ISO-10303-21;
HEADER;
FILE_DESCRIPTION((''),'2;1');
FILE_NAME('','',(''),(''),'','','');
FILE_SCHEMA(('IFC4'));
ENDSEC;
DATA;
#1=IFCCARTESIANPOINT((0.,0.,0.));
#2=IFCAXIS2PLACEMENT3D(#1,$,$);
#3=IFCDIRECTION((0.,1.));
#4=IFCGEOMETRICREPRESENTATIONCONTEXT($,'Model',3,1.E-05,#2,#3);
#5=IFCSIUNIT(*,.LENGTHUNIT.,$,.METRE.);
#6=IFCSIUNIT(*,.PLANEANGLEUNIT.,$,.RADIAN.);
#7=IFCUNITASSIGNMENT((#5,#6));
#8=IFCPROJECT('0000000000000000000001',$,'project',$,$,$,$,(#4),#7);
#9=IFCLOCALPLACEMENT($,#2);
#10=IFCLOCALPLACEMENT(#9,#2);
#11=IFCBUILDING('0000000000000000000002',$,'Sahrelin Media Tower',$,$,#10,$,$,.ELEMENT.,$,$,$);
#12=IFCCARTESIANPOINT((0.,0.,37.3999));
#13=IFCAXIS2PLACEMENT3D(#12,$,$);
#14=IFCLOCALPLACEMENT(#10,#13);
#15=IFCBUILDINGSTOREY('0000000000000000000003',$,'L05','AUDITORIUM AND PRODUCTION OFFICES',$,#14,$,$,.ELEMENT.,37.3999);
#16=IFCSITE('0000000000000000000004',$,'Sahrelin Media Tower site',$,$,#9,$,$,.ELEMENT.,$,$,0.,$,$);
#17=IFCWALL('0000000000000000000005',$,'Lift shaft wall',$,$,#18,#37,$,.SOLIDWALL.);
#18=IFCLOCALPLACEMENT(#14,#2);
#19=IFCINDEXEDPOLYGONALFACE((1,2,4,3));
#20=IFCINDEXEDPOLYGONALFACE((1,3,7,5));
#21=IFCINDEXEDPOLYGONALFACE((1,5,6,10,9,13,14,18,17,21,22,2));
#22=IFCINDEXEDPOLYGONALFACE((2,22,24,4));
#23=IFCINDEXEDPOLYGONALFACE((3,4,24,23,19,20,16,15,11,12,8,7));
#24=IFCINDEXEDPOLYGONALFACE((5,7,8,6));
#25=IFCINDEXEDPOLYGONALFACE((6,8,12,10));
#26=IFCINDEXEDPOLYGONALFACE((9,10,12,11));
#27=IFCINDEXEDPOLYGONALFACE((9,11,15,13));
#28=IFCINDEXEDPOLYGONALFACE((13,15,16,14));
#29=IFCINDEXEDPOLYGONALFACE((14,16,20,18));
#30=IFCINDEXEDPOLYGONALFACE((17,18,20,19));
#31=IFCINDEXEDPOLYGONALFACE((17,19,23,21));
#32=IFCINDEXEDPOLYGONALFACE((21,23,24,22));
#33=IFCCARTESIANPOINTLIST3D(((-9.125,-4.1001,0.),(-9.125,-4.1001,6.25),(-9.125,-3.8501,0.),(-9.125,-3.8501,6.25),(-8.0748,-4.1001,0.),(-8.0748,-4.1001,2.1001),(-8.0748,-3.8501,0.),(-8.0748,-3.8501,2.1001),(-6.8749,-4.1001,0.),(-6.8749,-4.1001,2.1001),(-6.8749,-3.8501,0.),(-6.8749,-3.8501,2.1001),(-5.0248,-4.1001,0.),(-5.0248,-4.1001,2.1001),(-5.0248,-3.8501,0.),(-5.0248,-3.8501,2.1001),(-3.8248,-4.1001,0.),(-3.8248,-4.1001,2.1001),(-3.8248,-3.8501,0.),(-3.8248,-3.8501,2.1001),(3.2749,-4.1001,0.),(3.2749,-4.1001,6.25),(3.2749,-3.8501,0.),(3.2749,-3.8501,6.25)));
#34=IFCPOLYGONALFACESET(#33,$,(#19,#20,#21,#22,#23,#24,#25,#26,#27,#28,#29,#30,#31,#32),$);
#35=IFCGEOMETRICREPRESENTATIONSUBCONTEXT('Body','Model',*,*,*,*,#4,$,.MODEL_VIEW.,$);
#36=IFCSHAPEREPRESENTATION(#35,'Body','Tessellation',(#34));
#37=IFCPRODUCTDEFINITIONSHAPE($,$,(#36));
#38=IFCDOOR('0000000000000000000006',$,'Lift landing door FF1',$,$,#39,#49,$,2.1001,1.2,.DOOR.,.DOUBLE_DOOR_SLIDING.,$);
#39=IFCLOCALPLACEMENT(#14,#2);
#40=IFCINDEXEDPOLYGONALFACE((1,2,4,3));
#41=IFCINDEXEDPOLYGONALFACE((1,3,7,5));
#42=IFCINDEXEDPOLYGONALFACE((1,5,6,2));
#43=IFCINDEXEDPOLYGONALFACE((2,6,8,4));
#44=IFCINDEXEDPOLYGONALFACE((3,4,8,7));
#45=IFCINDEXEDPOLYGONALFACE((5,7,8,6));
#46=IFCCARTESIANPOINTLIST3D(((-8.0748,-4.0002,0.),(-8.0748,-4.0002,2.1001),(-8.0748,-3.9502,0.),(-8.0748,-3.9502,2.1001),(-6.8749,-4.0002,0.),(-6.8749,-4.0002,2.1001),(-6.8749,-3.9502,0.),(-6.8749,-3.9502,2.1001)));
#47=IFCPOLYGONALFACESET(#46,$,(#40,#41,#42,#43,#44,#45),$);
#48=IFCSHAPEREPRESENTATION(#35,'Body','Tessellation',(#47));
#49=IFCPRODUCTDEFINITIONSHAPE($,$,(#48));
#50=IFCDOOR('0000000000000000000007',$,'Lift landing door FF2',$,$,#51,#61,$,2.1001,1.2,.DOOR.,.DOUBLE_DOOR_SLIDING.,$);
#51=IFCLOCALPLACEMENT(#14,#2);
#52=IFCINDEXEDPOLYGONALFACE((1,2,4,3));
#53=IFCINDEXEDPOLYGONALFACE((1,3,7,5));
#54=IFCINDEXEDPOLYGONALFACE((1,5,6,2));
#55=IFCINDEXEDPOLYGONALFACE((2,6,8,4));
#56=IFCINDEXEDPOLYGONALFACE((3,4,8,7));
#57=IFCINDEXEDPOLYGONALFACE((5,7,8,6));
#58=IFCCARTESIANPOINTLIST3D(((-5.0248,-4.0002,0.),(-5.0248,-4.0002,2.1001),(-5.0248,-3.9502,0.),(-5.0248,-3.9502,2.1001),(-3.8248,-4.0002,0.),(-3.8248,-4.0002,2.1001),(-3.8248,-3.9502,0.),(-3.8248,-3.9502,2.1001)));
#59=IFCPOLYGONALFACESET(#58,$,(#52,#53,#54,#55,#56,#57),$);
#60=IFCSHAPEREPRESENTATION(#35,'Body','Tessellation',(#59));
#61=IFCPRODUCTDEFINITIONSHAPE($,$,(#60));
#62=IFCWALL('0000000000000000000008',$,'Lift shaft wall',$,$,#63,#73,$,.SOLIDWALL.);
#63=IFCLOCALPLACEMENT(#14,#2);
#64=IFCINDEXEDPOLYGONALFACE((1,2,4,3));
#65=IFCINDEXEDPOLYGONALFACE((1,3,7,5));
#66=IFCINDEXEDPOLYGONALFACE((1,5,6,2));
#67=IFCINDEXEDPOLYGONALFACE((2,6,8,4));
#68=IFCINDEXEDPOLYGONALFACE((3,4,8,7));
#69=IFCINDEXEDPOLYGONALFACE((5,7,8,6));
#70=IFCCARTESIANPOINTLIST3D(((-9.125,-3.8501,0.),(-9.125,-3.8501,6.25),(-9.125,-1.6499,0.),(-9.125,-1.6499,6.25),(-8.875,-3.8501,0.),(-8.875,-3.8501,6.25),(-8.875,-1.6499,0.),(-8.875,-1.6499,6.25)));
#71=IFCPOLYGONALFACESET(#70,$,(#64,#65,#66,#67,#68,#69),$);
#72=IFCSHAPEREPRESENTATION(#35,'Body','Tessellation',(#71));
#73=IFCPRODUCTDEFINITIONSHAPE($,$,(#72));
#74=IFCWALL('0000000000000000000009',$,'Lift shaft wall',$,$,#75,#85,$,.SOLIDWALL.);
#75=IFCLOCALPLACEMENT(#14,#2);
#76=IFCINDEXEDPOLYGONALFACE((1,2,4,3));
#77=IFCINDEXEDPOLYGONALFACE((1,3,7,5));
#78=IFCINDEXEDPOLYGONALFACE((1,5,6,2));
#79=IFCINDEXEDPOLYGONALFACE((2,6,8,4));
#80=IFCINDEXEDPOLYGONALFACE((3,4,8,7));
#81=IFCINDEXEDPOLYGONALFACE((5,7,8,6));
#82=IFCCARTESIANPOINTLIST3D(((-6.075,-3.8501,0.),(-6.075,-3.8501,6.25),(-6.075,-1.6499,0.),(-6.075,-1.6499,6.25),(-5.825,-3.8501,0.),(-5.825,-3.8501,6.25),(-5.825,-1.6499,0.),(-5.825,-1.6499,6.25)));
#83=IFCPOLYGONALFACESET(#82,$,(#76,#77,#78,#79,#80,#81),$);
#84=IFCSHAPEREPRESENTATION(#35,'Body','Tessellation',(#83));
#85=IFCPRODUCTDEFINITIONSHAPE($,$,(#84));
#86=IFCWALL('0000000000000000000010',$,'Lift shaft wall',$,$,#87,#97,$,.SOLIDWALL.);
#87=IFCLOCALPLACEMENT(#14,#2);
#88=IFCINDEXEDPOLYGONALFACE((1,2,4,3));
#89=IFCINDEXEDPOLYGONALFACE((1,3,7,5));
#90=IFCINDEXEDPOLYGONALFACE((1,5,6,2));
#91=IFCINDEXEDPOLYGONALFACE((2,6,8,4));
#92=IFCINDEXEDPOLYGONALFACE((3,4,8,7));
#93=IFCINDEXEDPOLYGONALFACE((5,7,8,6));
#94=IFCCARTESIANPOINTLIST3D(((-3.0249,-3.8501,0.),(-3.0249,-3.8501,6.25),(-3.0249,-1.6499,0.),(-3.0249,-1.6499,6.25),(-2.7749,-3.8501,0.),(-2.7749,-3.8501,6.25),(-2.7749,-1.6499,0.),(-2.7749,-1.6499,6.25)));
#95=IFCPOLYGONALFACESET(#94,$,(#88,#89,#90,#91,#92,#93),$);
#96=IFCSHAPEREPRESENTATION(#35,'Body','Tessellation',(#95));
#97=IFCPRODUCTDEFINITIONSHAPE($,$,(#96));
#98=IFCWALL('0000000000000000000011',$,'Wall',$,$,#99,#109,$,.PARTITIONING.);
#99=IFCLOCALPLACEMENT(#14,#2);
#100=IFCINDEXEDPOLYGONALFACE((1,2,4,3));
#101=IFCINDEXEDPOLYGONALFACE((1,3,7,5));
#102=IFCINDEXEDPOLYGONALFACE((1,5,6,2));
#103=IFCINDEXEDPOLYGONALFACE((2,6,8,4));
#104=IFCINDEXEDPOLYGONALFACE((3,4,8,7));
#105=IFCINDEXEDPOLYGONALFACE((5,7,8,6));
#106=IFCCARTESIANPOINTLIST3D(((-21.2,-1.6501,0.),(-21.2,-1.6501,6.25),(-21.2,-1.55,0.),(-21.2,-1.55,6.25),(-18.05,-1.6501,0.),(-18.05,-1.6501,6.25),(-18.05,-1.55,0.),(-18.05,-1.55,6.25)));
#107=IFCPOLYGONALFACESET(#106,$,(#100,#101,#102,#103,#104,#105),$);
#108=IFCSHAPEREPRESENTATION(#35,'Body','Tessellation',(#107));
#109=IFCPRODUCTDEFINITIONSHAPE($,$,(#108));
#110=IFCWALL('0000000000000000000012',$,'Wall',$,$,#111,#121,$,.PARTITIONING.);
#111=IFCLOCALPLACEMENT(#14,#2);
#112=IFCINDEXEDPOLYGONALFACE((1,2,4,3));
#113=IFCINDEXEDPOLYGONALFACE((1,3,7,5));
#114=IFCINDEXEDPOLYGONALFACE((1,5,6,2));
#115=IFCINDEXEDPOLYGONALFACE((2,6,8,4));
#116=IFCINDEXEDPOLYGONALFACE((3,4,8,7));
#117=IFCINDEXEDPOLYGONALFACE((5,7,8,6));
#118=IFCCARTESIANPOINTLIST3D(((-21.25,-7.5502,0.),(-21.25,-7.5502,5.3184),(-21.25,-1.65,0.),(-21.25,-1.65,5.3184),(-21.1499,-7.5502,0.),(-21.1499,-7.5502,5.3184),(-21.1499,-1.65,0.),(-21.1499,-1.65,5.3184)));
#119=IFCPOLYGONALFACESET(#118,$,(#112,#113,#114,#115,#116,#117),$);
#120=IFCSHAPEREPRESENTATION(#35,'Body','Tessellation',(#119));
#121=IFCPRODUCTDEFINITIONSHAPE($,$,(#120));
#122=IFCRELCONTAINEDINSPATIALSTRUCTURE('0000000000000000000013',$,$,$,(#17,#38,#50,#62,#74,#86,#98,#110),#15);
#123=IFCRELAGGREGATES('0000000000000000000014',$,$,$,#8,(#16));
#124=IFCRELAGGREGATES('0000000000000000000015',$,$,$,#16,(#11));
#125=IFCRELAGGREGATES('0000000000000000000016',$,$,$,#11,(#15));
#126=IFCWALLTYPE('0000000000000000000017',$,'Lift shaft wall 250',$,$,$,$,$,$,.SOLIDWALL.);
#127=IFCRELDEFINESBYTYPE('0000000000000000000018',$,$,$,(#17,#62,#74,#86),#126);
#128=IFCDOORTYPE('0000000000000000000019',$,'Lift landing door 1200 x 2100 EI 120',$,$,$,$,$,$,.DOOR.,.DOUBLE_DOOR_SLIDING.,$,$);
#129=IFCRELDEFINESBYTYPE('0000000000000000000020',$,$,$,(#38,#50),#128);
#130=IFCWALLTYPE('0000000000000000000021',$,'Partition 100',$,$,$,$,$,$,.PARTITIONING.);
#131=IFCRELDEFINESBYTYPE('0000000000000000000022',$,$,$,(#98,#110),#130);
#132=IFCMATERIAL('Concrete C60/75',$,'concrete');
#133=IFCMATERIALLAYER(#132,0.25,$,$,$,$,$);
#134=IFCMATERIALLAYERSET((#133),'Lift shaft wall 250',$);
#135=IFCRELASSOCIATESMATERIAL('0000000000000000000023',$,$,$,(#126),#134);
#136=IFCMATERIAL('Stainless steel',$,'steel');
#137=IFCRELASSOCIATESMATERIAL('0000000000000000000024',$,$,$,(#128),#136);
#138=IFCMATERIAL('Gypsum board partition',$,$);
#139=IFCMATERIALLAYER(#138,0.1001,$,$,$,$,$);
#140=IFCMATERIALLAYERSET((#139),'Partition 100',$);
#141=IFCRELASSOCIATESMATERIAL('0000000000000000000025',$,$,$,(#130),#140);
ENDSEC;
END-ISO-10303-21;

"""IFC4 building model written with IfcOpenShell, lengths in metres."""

from ifc_helpers import new_model, si_unit, direction, frame, frame_2d, origin, place, context, subcontext, project, spatial, rectangle, extrude, material, layer, layer_set, type_object, element, fill, save


model = new_model("IFC4")

# Units and contexts
model_context = context("Model", 3, precision=1e-05, world=origin(), true_north=direction((0.0, 1.0)))
body_context = subcontext(model_context, "Body", "Model", "MODEL_VIEW")
ifc_project = project(units=[si_unit("LENGTHUNIT", "METRE"), si_unit("PLANEANGLEUNIT", "RADIAN")], contexts=[model_context])

# Site, building, storey
site_placement = place(None, origin())
site = spatial("IfcSite", under=ifc_project, at=site_placement, Name="Sahrelin Media Tower site", CompositionType="ELEMENT", RefElevation=0.0)
building_placement = place(site_placement, origin())
building = spatial("IfcBuilding", under=site, at=building_placement, Name="Sahrelin Media Tower", CompositionType="ELEMENT")
storey_placement = place(building_placement, frame((0.0, 0.0, 37.3999)))
storey = spatial("IfcBuildingStorey", under=building, at=storey_placement, Name="L05", Description="AUDITORIUM AND PRODUCTION OFFICES", CompositionType="ELEMENT", Elevation=37.3999)

# Shared definitions
ifc_material_1 = material(Name="Concrete C60/75", Category="concrete")

# Wall, openings, doors
ifc_layer_1 = layer(ifc_material_1, 0.25)
ifc_layer_set_1 = layer_set([ifc_layer_1], Name="Lift shaft wall 250")
wall_type_1 = type_object("IfcWallType", Name="Lift shaft wall 250", PredefinedType="SOLIDWALL", material=ifc_layer_set_1)
ifc_material_2 = material(Name="Stainless steel", Category="steel")
door_type_1 = type_object("IfcDoorType", Name="Lift landing door 1200 x 2100 EI 120", OperationType="DOUBLE_DOOR_SLIDING", PredefinedType="DOOR", material=ifc_material_2)
wall_1_placement = place(storey_placement, frame((-9.125, -3.9751, 0.0), z_axis=(0.0, 0.0, 1.0), x_axis=(1.0, 0.0, 0.0)))
wall_1 = element("IfcWall", 1, at=wall_1_placement, inside=storey, type_object=wall_type_1, Name="Lift shaft wall", PredefinedType="SOLIDWALL", context=body_context, shape_type="SweptSolid", body=[
    extrude(rectangle(XDim=12.3999, YDim=0.25, at=frame_2d((6.2, 0.0))), origin(), (0.0, 0.0, 1.0), 6.25),
])
opening_1_placement = place(wall_1_placement, frame((1.05, 0.0, 0.0)))
opening_1 = element("IfcOpeningElement", 2, at=opening_1_placement, cuts=wall_1, PredefinedType="OPENING", context=body_context, shape_type="SweptSolid", body=[
    extrude(rectangle(XDim=1.2, YDim=2.1001, at=frame_2d((0.6001, 1.05))), frame((0.0, 0.125, 0.0), z_axis=(0.0, -1.0, 0.0), x_axis=(1.0, 0.0, 0.0)), (0.0, 0.0, 1.0), 0.25),
])
opening_2_placement = place(wall_1_placement, frame((4.1001, 0.0, 0.0)))
opening_2 = element("IfcOpeningElement", 3, at=opening_2_placement, cuts=wall_1, PredefinedType="OPENING", context=body_context, shape_type="SweptSolid", body=[
    extrude(rectangle(XDim=1.2, YDim=2.1001, at=frame_2d((0.6001, 1.05))), frame((0.0, 0.125, 0.0), z_axis=(0.0, -1.0, 0.0), x_axis=(1.0, 0.0, 0.0)), (0.0, 0.0, 1.0), 0.25),
])
door_1_placement = place(opening_1_placement, origin())
door_1 = element("IfcDoor", 4, at=door_1_placement, inside=storey, type_object=door_type_1, Name="Lift landing door FF1", OperationType="DOUBLE_DOOR_SLIDING", OverallHeight=2.1001, OverallWidth=1.2, PredefinedType="DOOR", context=body_context, shape_type="SweptSolid", body=[
    extrude(rectangle(XDim=1.2, YDim=2.1001, at=frame_2d((0.6001, 1.05))), frame((0.0, 0.0249, 0.0), z_axis=(0.0, -1.0, 0.0), x_axis=(1.0, 0.0, 0.0)), (0.0, 0.0, 1.0), 0.05),
])
fill(opening_1, door_1)
door_2_placement = place(opening_2_placement, origin())
door_2 = element("IfcDoor", 5, at=door_2_placement, inside=storey, type_object=door_type_1, Name="Lift landing door FF2", OperationType="DOUBLE_DOOR_SLIDING", OverallHeight=2.1001, OverallWidth=1.2, PredefinedType="DOOR", context=body_context, shape_type="SweptSolid", body=[
    extrude(rectangle(XDim=1.2, YDim=2.1001, at=frame_2d((0.6001, 1.05))), frame((0.0, 0.0249, 0.0), z_axis=(0.0, -1.0, 0.0), x_axis=(1.0, 0.0, 0.0)), (0.0, 0.0, 1.0), 0.05),
])
fill(opening_2, door_2)

# Walls
for number, where, z_axis, x_axis, name in (
    (6, (-9.0, -3.8501, 0.0), (0.0, 0.0, 1.0), (0.0, 1.0, 0.0), "Lift shaft wall"),
    (7, (-5.95, -3.8501, 0.0), (0.0, 0.0, 1.0), (0.0, 1.0, 0.0), "Lift shaft wall"),
    (8, (-2.8999, -3.8501, 0.0), (0.0, 0.0, 1.0), (0.0, 1.0, 0.0), "Lift shaft wall"),
):
    element("IfcWall", number, at=place(storey_placement, frame(where, z_axis=z_axis, x_axis=x_axis)), inside=storey, type_object=wall_type_1, Name=name, PredefinedType="SOLIDWALL", context=body_context, shape_type="SweptSolid", body=[
        extrude(rectangle(XDim=2.2002, YDim=0.25, at=frame_2d((1.1001, 0.0))), origin(), (0.0, 0.0, 1.0), 6.25),
    ])
ifc_material_3 = material(Name="Gypsum board partition")
ifc_layer_2 = layer(ifc_material_3, 0.1001)
ifc_layer_set_2 = layer_set([ifc_layer_2], Name="Partition 100")
wall_type_2 = type_object("IfcWallType", Name="Partition 100", PredefinedType="PARTITIONING", material=ifc_layer_set_2)
wall_2_placement = place(storey_placement, frame((-18.05, -1.6001, 0.0), z_axis=(0.0, 0.0, 1.0), x_axis=(-1.0, 0.0, 0.0)))
element("IfcWall", 9, at=wall_2_placement, inside=storey, type_object=wall_type_2, Name="Wall", PredefinedType="PARTITIONING", context=body_context, shape_type="SweptSolid", body=[
    extrude(rectangle(XDim=3.1499, YDim=0.1001, at=frame_2d((1.575, 0.0))), origin(), (0.0, 0.0, 1.0), 6.25),
])
wall_3_placement = place(storey_placement, frame((-21.2, -1.6499, 0.0), z_axis=(0.0, 0.0, 1.0), x_axis=(0.0, -1.0, 0.0)))
element("IfcWall", 10, at=wall_3_placement, inside=storey, type_object=wall_type_2, Name="Wall", PredefinedType="PARTITIONING", context=body_context, shape_type="SweptSolid", body=[
    extrude(rectangle(XDim=5.9001, YDim=0.1001, at=frame_2d((2.9502, 0.0))), origin(), (0.0, 0.0, 1.0), 5.3184),
])

save(model, "model.ifc")
